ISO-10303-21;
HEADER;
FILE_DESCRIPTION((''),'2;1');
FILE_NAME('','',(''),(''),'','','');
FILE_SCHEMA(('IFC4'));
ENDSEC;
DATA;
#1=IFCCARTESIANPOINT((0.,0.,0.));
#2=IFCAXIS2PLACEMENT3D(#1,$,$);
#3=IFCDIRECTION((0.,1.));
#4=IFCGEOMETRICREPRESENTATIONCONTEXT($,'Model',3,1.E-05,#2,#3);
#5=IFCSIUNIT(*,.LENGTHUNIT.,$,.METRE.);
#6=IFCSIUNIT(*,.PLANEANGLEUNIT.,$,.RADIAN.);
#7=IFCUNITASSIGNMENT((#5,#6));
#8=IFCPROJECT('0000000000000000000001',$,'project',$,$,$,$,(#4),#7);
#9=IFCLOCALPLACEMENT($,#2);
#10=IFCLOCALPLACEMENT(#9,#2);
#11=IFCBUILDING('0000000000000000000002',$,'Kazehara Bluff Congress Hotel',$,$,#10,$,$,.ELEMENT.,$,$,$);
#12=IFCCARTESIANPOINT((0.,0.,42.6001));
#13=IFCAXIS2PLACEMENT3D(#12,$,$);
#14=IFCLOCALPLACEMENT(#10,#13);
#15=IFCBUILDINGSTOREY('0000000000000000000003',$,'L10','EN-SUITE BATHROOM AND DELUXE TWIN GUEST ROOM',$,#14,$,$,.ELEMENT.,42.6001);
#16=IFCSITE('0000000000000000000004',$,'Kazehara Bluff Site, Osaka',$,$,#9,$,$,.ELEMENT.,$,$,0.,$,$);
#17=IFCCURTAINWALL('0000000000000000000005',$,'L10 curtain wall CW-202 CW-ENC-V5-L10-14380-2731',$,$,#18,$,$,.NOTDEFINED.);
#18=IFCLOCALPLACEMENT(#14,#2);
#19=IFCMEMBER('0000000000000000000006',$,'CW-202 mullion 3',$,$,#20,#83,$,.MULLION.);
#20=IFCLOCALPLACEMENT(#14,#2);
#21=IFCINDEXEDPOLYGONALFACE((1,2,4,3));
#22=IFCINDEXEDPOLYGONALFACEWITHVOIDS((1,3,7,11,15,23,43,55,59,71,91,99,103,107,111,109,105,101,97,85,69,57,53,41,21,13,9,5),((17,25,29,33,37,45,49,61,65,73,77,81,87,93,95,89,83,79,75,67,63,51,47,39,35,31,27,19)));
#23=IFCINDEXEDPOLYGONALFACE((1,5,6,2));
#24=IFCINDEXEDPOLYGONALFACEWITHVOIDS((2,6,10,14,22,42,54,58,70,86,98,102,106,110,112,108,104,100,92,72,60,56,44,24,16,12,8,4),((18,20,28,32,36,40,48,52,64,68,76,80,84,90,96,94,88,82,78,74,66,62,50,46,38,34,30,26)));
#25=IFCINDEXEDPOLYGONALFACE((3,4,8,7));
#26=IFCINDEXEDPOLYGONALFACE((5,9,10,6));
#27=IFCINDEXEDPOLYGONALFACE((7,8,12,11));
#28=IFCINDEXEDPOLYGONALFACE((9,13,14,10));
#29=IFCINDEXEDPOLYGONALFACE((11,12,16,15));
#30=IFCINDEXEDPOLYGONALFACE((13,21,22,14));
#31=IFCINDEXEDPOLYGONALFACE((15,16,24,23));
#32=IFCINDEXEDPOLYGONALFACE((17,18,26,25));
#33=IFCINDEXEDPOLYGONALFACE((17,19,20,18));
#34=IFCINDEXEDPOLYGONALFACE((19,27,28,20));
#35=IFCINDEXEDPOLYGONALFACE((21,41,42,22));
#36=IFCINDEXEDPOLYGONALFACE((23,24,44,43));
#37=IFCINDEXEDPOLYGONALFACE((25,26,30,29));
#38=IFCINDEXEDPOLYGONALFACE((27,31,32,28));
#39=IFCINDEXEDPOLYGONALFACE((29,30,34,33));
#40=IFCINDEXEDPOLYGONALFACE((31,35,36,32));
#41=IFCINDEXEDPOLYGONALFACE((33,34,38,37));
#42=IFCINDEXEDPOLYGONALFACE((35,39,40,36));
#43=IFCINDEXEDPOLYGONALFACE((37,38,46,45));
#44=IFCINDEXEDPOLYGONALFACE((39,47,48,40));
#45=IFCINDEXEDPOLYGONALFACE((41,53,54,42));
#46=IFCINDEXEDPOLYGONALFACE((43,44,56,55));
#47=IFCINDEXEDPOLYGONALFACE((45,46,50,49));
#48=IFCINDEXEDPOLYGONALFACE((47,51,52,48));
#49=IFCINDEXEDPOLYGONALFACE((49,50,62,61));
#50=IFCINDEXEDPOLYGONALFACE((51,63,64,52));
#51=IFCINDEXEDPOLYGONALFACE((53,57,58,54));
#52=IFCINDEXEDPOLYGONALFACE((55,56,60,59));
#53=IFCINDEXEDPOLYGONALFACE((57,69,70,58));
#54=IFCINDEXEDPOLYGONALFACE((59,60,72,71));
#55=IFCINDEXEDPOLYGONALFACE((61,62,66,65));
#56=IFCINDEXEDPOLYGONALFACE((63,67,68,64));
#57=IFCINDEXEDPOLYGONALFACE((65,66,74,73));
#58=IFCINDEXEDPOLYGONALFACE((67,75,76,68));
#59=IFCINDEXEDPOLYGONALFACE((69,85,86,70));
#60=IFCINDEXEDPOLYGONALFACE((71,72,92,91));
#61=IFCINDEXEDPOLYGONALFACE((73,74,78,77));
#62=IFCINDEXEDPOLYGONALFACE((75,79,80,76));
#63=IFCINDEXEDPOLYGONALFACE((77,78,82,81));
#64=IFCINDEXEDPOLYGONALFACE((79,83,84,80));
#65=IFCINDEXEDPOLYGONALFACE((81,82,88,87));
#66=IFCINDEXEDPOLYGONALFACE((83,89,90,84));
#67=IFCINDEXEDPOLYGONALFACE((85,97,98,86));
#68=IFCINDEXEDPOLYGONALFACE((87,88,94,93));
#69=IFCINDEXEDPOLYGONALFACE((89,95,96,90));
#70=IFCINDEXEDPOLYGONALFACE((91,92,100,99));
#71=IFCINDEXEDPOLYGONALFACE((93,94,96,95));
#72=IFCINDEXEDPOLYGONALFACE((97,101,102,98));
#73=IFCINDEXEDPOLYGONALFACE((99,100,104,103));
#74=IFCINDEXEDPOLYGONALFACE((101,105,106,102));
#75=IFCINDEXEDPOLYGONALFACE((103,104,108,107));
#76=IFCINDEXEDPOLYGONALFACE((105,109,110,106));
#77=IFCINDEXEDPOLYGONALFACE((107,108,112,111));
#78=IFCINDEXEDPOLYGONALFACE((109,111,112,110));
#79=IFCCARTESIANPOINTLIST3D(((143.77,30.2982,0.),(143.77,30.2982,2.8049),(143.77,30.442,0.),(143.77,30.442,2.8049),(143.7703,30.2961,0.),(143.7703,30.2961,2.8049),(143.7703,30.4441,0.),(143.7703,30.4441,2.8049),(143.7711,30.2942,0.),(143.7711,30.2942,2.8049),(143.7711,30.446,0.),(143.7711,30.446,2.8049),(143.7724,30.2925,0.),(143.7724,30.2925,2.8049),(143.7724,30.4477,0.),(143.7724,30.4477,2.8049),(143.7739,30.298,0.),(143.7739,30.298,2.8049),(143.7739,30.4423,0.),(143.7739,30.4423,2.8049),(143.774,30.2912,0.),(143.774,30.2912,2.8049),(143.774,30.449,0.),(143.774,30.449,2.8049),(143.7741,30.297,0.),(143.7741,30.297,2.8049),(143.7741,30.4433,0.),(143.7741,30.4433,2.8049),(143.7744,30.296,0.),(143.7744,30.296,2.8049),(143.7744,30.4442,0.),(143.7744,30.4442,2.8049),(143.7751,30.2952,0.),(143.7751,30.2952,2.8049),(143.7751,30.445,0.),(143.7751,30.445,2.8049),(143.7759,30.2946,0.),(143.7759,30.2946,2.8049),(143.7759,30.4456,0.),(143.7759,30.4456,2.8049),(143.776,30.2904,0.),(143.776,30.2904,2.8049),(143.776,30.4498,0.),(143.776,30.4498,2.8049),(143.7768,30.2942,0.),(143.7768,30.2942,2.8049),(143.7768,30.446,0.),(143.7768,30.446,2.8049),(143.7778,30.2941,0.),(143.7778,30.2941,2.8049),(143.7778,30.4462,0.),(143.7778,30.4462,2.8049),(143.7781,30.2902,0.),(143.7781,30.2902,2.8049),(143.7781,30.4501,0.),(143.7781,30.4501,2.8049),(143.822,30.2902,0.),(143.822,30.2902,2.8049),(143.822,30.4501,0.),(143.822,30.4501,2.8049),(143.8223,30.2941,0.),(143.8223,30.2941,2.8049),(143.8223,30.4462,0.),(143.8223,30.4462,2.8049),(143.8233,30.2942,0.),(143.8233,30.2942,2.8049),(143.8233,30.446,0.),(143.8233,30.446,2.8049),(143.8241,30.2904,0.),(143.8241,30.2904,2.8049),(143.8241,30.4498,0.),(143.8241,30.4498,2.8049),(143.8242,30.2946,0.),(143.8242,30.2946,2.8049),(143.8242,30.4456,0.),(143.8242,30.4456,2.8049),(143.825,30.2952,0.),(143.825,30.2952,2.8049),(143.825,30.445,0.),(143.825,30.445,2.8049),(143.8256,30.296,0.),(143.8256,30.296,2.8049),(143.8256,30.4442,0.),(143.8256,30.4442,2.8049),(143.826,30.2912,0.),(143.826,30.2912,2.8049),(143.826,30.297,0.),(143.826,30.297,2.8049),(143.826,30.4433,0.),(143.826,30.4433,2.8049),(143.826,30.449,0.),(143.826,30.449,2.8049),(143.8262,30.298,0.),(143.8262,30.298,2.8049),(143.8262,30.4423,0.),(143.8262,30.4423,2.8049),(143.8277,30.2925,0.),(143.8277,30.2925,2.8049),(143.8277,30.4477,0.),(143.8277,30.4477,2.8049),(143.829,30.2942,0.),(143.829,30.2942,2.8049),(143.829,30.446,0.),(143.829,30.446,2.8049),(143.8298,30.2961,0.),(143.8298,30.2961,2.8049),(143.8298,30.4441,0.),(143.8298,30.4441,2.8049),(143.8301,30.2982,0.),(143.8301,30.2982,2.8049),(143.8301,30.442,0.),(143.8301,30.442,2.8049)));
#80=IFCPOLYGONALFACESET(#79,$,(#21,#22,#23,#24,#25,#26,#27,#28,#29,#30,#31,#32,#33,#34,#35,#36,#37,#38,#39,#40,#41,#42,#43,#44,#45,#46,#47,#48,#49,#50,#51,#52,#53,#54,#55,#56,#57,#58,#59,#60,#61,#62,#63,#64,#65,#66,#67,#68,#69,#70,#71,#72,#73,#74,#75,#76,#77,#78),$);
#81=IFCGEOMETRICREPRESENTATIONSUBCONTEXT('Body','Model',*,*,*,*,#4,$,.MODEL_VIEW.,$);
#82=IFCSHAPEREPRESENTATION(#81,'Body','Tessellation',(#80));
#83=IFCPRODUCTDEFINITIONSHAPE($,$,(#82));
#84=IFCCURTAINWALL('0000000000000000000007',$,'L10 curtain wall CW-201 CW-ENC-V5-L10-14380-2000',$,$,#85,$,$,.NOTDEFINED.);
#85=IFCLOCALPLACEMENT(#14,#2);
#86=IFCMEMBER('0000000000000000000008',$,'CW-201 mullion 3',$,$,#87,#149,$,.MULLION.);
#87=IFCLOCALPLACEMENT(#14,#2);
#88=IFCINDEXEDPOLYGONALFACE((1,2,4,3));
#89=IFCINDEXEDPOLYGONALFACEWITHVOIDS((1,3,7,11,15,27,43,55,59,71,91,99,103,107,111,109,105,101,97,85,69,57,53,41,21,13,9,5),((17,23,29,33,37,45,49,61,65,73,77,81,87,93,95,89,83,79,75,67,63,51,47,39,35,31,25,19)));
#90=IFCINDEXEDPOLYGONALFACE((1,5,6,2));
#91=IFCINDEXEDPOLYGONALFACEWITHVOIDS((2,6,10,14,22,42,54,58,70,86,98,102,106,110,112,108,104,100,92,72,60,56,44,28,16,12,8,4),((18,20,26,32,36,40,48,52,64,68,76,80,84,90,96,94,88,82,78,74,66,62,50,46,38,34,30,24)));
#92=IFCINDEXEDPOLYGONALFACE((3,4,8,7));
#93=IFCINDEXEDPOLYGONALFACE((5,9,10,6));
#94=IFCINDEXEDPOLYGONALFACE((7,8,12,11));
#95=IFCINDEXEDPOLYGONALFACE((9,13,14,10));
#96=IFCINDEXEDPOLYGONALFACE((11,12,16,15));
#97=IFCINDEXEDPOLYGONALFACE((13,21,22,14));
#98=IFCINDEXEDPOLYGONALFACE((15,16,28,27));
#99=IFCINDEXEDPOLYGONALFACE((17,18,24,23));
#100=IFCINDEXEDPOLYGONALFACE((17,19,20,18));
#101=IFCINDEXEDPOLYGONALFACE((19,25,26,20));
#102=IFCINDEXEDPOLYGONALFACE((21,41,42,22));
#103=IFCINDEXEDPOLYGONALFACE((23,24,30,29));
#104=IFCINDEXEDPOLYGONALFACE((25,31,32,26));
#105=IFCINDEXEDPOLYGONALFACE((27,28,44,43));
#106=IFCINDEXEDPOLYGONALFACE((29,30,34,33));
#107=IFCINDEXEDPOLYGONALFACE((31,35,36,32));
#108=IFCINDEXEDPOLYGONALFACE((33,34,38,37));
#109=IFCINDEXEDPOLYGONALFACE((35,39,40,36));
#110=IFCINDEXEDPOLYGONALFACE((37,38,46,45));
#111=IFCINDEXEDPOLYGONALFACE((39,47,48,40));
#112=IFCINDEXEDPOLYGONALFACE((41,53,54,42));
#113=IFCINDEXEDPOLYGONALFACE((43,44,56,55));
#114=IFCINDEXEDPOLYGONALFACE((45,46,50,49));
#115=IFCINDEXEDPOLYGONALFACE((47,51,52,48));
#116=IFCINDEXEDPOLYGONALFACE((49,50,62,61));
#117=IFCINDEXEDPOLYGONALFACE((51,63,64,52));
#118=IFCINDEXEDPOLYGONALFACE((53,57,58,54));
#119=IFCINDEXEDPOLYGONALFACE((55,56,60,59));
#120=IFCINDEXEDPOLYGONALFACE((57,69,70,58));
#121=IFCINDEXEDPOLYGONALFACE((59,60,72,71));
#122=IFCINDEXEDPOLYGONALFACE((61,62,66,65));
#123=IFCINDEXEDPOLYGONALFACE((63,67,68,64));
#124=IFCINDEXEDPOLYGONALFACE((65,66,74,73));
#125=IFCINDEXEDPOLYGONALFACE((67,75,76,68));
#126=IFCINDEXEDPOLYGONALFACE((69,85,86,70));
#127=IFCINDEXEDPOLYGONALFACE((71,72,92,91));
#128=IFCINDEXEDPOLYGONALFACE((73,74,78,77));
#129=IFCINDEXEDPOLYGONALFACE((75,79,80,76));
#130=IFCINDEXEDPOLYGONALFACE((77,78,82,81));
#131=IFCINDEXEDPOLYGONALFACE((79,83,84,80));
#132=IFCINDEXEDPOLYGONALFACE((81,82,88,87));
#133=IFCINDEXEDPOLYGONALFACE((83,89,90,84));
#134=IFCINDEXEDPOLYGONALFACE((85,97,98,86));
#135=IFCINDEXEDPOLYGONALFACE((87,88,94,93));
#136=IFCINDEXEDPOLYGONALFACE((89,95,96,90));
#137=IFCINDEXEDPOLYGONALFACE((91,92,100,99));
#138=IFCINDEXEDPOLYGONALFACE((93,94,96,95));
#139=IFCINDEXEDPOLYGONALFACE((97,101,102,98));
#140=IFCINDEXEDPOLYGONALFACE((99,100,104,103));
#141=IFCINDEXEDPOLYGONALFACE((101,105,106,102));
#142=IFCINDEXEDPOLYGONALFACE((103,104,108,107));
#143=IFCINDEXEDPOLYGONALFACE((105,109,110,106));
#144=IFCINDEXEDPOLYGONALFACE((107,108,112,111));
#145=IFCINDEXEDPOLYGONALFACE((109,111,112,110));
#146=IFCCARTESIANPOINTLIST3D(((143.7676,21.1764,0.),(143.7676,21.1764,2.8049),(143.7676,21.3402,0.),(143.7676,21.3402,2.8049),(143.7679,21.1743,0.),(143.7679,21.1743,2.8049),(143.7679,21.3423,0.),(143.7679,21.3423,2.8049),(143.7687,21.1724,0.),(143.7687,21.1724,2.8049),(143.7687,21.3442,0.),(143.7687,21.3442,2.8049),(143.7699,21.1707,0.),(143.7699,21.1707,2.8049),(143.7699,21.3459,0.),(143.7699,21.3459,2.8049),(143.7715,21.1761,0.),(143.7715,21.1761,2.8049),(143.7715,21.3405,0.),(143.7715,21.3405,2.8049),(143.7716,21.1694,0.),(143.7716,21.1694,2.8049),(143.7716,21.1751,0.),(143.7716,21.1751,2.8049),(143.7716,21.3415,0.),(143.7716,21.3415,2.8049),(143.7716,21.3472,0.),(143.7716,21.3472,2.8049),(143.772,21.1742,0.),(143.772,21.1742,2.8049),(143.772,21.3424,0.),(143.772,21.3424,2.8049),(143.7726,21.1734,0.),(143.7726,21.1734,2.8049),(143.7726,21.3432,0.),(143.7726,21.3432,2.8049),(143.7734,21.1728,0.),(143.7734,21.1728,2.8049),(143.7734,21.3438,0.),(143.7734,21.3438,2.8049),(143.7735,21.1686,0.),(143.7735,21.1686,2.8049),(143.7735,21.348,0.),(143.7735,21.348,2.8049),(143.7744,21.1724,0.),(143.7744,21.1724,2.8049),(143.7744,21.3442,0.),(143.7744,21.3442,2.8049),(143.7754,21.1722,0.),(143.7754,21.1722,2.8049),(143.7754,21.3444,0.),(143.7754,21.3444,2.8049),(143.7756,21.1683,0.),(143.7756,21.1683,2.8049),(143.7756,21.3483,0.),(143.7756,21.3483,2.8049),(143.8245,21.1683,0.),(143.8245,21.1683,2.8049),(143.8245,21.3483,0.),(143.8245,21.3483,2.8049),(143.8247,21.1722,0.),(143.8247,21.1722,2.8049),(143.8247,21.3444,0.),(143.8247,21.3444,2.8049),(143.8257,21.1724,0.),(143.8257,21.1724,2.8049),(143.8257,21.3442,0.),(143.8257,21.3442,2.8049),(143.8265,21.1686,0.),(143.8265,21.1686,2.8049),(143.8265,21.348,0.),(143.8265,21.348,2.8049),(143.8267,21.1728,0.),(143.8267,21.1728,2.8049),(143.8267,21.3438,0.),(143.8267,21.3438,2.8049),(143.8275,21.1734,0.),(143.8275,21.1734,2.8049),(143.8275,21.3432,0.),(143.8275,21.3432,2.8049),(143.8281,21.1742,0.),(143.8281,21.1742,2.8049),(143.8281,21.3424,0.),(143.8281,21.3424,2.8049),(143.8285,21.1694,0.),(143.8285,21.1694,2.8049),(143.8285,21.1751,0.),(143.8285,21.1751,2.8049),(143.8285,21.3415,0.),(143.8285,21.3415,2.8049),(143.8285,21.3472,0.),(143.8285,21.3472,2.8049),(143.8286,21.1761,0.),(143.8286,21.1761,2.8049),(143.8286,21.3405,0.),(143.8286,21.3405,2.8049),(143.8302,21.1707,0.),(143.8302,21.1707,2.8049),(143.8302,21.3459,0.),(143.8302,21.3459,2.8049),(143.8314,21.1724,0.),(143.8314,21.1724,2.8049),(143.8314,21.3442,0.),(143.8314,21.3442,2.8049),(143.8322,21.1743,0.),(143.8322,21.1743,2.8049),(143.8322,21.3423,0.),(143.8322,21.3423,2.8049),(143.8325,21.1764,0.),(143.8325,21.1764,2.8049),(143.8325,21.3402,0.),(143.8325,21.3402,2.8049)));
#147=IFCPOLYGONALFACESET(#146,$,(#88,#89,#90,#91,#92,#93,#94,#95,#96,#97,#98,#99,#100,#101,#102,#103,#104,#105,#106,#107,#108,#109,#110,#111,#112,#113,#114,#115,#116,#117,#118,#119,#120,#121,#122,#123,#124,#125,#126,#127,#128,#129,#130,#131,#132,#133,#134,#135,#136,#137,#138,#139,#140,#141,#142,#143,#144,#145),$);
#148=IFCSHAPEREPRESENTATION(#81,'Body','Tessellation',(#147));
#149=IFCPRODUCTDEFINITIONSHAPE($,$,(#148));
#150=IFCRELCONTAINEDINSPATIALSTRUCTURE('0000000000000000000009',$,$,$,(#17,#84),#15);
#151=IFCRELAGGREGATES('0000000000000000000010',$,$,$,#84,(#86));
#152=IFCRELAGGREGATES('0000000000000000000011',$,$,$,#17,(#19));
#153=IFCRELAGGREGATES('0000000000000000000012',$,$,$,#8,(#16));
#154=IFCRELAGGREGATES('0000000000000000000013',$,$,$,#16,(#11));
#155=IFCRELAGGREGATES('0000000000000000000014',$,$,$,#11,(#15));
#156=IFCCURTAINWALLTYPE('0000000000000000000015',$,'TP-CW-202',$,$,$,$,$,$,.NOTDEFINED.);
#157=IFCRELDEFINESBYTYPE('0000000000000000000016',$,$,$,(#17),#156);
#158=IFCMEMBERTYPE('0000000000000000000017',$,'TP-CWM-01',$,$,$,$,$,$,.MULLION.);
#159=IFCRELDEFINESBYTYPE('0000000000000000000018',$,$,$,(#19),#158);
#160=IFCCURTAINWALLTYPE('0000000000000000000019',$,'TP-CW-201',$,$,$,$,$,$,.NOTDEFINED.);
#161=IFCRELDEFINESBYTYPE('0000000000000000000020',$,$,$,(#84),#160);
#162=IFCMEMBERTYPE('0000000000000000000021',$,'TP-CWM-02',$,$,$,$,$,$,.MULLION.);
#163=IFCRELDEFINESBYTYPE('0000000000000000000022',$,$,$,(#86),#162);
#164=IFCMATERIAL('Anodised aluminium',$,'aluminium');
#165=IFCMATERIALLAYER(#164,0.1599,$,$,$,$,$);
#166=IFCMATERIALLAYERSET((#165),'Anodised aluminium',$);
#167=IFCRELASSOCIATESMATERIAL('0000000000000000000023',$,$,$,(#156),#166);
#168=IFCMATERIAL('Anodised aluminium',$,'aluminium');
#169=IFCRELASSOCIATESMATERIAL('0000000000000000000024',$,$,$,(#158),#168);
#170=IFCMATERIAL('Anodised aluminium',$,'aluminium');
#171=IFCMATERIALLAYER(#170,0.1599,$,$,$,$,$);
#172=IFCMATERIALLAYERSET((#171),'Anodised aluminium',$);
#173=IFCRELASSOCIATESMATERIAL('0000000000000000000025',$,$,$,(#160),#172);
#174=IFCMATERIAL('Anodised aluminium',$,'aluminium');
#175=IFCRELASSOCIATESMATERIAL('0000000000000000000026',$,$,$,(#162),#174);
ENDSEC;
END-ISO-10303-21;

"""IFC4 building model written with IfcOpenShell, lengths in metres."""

from ifc_helpers import new_model, si_unit, direction, frame, origin, origin_2d, place, context, subcontext, project, spatial, hollow_rectangle, extrude, material, layer, layer_set, material_profile, profile_set, type_object, element, aggregate, save


model = new_model("IFC4")

# Units and contexts
model_context = context("Model", 3, precision=1e-05, world=origin(), true_north=direction((0.0, 1.0)))
body_context = subcontext(model_context, "Body", "Model", "MODEL_VIEW")
ifc_project = project(units=[si_unit("LENGTHUNIT", "METRE"), si_unit("PLANEANGLEUNIT", "RADIAN")], contexts=[model_context])

# Site, building, storey
site_placement = place(None, origin())
site = spatial("IfcSite", under=ifc_project, at=site_placement, Name="Kazehara Bluff Site, Osaka", CompositionType="ELEMENT", RefElevation=0.0)
building_placement = place(site_placement, origin())
building = spatial("IfcBuilding", under=site, at=building_placement, Name="Kazehara Bluff Congress Hotel", CompositionType="ELEMENT")
storey_placement = place(building_placement, frame((0.0, 0.0, 42.6001)))
storey = spatial("IfcBuildingStorey", under=building, at=storey_placement, Name="L10", Description="EN-SUITE BATHROOM AND DELUXE TWIN GUEST ROOM", CompositionType="ELEMENT", Elevation=42.6001)

# Curtain walls, members
ifc_material_1 = material(Name="Anodised aluminium", Category="aluminium")
ifc_layer_1 = layer(ifc_material_1, 0.1599)
ifc_layer_set_1 = layer_set([ifc_layer_1], Name="Anodised aluminium")
curtain_wall_type_1 = type_object("IfcCurtainWallType", Name="TP-CW-202", PredefinedType="NOTDEFINED", material=ifc_layer_set_1)
curtain_wall_1_placement = place(storey_placement, origin())
curtain_wall_1 = element("IfcCurtainWall", 1, at=curtain_wall_1_placement, inside=storey, type_object=curtain_wall_type_1, Name="L10 curtain wall CW-202 CW-ENC-V5-L10-14380-2731", PredefinedType="NOTDEFINED")
ifc_material_2 = material(Name="Anodised aluminium", Category="aluminium")
ifc_material_profile_1 = material_profile(ifc_material_2, hollow_rectangle(XDim=0.0601, YDim=0.1599, WallThickness=0.0039, InnerFilletRadius=0.0039, OuterFilletRadius=0.0081, at=origin_2d()))
ifc_profile_set_1 = profile_set([ifc_material_profile_1], Name="Anodised aluminium")
member_type_1 = type_object("IfcMemberType", Name="TP-CWM-01", PredefinedType="MULLION", material=ifc_profile_set_1)
member_1_placement = place(storey_placement, frame((143.8, 30.3701, 0.0), z_axis=(0.0, 0.0, 1.0), x_axis=(-1.0, 0.0, 0.0)))
member_1 = element("IfcMember", 2, at=member_1_placement, type_object=member_type_1, Name="CW-202 mullion 3", PredefinedType="MULLION", context=body_context, shape_type="SweptSolid", body=[
    extrude(hollow_rectangle(XDim=0.0601, YDim=0.1599, WallThickness=0.0039, InnerFilletRadius=0.0039, OuterFilletRadius=0.0081, at=origin_2d()), origin(), (0.0, 0.0, 1.0), 2.8049),
])
ifc_material_3 = material(Name="Anodised aluminium", Category="aluminium")
ifc_layer_2 = layer(ifc_material_3, 0.1599)
ifc_layer_set_2 = layer_set([ifc_layer_2], Name="Anodised aluminium")
curtain_wall_type_2 = type_object("IfcCurtainWallType", Name="TP-CW-201", PredefinedType="NOTDEFINED", material=ifc_layer_set_2)
curtain_wall_2_placement = place(storey_placement, origin())
curtain_wall_2 = element("IfcCurtainWall", 3, at=curtain_wall_2_placement, inside=storey, type_object=curtain_wall_type_2, Name="L10 curtain wall CW-201 CW-ENC-V5-L10-14380-2000", PredefinedType="NOTDEFINED")
ifc_material_4 = material(Name="Anodised aluminium", Category="aluminium")
ifc_material_profile_2 = material_profile(ifc_material_4, hollow_rectangle(XDim=0.0649, YDim=0.1799, WallThickness=0.0039, InnerFilletRadius=0.0039, OuterFilletRadius=0.0081, at=origin_2d()))
ifc_profile_set_2 = profile_set([ifc_material_profile_2], Name="Anodised aluminium")
member_type_2 = type_object("IfcMemberType", Name="TP-CWM-02", PredefinedType="MULLION", material=ifc_profile_set_2)
member_2_placement = place(storey_placement, frame((143.8, 21.2583, 0.0), z_axis=(0.0, 0.0, 1.0), x_axis=(-1.0, 0.0, 0.0)))
member_2 = element("IfcMember", 4, at=member_2_placement, type_object=member_type_2, Name="CW-201 mullion 3", PredefinedType="MULLION", context=body_context, shape_type="SweptSolid", body=[
    extrude(hollow_rectangle(XDim=0.0649, YDim=0.1799, WallThickness=0.0039, InnerFilletRadius=0.0039, OuterFilletRadius=0.0081, at=origin_2d()), origin(), (0.0, 0.0, 1.0), 2.8049),
])

aggregate(curtain_wall_2, [member_2])
aggregate(curtain_wall_1, [member_1])

save(model, "model.ifc")
